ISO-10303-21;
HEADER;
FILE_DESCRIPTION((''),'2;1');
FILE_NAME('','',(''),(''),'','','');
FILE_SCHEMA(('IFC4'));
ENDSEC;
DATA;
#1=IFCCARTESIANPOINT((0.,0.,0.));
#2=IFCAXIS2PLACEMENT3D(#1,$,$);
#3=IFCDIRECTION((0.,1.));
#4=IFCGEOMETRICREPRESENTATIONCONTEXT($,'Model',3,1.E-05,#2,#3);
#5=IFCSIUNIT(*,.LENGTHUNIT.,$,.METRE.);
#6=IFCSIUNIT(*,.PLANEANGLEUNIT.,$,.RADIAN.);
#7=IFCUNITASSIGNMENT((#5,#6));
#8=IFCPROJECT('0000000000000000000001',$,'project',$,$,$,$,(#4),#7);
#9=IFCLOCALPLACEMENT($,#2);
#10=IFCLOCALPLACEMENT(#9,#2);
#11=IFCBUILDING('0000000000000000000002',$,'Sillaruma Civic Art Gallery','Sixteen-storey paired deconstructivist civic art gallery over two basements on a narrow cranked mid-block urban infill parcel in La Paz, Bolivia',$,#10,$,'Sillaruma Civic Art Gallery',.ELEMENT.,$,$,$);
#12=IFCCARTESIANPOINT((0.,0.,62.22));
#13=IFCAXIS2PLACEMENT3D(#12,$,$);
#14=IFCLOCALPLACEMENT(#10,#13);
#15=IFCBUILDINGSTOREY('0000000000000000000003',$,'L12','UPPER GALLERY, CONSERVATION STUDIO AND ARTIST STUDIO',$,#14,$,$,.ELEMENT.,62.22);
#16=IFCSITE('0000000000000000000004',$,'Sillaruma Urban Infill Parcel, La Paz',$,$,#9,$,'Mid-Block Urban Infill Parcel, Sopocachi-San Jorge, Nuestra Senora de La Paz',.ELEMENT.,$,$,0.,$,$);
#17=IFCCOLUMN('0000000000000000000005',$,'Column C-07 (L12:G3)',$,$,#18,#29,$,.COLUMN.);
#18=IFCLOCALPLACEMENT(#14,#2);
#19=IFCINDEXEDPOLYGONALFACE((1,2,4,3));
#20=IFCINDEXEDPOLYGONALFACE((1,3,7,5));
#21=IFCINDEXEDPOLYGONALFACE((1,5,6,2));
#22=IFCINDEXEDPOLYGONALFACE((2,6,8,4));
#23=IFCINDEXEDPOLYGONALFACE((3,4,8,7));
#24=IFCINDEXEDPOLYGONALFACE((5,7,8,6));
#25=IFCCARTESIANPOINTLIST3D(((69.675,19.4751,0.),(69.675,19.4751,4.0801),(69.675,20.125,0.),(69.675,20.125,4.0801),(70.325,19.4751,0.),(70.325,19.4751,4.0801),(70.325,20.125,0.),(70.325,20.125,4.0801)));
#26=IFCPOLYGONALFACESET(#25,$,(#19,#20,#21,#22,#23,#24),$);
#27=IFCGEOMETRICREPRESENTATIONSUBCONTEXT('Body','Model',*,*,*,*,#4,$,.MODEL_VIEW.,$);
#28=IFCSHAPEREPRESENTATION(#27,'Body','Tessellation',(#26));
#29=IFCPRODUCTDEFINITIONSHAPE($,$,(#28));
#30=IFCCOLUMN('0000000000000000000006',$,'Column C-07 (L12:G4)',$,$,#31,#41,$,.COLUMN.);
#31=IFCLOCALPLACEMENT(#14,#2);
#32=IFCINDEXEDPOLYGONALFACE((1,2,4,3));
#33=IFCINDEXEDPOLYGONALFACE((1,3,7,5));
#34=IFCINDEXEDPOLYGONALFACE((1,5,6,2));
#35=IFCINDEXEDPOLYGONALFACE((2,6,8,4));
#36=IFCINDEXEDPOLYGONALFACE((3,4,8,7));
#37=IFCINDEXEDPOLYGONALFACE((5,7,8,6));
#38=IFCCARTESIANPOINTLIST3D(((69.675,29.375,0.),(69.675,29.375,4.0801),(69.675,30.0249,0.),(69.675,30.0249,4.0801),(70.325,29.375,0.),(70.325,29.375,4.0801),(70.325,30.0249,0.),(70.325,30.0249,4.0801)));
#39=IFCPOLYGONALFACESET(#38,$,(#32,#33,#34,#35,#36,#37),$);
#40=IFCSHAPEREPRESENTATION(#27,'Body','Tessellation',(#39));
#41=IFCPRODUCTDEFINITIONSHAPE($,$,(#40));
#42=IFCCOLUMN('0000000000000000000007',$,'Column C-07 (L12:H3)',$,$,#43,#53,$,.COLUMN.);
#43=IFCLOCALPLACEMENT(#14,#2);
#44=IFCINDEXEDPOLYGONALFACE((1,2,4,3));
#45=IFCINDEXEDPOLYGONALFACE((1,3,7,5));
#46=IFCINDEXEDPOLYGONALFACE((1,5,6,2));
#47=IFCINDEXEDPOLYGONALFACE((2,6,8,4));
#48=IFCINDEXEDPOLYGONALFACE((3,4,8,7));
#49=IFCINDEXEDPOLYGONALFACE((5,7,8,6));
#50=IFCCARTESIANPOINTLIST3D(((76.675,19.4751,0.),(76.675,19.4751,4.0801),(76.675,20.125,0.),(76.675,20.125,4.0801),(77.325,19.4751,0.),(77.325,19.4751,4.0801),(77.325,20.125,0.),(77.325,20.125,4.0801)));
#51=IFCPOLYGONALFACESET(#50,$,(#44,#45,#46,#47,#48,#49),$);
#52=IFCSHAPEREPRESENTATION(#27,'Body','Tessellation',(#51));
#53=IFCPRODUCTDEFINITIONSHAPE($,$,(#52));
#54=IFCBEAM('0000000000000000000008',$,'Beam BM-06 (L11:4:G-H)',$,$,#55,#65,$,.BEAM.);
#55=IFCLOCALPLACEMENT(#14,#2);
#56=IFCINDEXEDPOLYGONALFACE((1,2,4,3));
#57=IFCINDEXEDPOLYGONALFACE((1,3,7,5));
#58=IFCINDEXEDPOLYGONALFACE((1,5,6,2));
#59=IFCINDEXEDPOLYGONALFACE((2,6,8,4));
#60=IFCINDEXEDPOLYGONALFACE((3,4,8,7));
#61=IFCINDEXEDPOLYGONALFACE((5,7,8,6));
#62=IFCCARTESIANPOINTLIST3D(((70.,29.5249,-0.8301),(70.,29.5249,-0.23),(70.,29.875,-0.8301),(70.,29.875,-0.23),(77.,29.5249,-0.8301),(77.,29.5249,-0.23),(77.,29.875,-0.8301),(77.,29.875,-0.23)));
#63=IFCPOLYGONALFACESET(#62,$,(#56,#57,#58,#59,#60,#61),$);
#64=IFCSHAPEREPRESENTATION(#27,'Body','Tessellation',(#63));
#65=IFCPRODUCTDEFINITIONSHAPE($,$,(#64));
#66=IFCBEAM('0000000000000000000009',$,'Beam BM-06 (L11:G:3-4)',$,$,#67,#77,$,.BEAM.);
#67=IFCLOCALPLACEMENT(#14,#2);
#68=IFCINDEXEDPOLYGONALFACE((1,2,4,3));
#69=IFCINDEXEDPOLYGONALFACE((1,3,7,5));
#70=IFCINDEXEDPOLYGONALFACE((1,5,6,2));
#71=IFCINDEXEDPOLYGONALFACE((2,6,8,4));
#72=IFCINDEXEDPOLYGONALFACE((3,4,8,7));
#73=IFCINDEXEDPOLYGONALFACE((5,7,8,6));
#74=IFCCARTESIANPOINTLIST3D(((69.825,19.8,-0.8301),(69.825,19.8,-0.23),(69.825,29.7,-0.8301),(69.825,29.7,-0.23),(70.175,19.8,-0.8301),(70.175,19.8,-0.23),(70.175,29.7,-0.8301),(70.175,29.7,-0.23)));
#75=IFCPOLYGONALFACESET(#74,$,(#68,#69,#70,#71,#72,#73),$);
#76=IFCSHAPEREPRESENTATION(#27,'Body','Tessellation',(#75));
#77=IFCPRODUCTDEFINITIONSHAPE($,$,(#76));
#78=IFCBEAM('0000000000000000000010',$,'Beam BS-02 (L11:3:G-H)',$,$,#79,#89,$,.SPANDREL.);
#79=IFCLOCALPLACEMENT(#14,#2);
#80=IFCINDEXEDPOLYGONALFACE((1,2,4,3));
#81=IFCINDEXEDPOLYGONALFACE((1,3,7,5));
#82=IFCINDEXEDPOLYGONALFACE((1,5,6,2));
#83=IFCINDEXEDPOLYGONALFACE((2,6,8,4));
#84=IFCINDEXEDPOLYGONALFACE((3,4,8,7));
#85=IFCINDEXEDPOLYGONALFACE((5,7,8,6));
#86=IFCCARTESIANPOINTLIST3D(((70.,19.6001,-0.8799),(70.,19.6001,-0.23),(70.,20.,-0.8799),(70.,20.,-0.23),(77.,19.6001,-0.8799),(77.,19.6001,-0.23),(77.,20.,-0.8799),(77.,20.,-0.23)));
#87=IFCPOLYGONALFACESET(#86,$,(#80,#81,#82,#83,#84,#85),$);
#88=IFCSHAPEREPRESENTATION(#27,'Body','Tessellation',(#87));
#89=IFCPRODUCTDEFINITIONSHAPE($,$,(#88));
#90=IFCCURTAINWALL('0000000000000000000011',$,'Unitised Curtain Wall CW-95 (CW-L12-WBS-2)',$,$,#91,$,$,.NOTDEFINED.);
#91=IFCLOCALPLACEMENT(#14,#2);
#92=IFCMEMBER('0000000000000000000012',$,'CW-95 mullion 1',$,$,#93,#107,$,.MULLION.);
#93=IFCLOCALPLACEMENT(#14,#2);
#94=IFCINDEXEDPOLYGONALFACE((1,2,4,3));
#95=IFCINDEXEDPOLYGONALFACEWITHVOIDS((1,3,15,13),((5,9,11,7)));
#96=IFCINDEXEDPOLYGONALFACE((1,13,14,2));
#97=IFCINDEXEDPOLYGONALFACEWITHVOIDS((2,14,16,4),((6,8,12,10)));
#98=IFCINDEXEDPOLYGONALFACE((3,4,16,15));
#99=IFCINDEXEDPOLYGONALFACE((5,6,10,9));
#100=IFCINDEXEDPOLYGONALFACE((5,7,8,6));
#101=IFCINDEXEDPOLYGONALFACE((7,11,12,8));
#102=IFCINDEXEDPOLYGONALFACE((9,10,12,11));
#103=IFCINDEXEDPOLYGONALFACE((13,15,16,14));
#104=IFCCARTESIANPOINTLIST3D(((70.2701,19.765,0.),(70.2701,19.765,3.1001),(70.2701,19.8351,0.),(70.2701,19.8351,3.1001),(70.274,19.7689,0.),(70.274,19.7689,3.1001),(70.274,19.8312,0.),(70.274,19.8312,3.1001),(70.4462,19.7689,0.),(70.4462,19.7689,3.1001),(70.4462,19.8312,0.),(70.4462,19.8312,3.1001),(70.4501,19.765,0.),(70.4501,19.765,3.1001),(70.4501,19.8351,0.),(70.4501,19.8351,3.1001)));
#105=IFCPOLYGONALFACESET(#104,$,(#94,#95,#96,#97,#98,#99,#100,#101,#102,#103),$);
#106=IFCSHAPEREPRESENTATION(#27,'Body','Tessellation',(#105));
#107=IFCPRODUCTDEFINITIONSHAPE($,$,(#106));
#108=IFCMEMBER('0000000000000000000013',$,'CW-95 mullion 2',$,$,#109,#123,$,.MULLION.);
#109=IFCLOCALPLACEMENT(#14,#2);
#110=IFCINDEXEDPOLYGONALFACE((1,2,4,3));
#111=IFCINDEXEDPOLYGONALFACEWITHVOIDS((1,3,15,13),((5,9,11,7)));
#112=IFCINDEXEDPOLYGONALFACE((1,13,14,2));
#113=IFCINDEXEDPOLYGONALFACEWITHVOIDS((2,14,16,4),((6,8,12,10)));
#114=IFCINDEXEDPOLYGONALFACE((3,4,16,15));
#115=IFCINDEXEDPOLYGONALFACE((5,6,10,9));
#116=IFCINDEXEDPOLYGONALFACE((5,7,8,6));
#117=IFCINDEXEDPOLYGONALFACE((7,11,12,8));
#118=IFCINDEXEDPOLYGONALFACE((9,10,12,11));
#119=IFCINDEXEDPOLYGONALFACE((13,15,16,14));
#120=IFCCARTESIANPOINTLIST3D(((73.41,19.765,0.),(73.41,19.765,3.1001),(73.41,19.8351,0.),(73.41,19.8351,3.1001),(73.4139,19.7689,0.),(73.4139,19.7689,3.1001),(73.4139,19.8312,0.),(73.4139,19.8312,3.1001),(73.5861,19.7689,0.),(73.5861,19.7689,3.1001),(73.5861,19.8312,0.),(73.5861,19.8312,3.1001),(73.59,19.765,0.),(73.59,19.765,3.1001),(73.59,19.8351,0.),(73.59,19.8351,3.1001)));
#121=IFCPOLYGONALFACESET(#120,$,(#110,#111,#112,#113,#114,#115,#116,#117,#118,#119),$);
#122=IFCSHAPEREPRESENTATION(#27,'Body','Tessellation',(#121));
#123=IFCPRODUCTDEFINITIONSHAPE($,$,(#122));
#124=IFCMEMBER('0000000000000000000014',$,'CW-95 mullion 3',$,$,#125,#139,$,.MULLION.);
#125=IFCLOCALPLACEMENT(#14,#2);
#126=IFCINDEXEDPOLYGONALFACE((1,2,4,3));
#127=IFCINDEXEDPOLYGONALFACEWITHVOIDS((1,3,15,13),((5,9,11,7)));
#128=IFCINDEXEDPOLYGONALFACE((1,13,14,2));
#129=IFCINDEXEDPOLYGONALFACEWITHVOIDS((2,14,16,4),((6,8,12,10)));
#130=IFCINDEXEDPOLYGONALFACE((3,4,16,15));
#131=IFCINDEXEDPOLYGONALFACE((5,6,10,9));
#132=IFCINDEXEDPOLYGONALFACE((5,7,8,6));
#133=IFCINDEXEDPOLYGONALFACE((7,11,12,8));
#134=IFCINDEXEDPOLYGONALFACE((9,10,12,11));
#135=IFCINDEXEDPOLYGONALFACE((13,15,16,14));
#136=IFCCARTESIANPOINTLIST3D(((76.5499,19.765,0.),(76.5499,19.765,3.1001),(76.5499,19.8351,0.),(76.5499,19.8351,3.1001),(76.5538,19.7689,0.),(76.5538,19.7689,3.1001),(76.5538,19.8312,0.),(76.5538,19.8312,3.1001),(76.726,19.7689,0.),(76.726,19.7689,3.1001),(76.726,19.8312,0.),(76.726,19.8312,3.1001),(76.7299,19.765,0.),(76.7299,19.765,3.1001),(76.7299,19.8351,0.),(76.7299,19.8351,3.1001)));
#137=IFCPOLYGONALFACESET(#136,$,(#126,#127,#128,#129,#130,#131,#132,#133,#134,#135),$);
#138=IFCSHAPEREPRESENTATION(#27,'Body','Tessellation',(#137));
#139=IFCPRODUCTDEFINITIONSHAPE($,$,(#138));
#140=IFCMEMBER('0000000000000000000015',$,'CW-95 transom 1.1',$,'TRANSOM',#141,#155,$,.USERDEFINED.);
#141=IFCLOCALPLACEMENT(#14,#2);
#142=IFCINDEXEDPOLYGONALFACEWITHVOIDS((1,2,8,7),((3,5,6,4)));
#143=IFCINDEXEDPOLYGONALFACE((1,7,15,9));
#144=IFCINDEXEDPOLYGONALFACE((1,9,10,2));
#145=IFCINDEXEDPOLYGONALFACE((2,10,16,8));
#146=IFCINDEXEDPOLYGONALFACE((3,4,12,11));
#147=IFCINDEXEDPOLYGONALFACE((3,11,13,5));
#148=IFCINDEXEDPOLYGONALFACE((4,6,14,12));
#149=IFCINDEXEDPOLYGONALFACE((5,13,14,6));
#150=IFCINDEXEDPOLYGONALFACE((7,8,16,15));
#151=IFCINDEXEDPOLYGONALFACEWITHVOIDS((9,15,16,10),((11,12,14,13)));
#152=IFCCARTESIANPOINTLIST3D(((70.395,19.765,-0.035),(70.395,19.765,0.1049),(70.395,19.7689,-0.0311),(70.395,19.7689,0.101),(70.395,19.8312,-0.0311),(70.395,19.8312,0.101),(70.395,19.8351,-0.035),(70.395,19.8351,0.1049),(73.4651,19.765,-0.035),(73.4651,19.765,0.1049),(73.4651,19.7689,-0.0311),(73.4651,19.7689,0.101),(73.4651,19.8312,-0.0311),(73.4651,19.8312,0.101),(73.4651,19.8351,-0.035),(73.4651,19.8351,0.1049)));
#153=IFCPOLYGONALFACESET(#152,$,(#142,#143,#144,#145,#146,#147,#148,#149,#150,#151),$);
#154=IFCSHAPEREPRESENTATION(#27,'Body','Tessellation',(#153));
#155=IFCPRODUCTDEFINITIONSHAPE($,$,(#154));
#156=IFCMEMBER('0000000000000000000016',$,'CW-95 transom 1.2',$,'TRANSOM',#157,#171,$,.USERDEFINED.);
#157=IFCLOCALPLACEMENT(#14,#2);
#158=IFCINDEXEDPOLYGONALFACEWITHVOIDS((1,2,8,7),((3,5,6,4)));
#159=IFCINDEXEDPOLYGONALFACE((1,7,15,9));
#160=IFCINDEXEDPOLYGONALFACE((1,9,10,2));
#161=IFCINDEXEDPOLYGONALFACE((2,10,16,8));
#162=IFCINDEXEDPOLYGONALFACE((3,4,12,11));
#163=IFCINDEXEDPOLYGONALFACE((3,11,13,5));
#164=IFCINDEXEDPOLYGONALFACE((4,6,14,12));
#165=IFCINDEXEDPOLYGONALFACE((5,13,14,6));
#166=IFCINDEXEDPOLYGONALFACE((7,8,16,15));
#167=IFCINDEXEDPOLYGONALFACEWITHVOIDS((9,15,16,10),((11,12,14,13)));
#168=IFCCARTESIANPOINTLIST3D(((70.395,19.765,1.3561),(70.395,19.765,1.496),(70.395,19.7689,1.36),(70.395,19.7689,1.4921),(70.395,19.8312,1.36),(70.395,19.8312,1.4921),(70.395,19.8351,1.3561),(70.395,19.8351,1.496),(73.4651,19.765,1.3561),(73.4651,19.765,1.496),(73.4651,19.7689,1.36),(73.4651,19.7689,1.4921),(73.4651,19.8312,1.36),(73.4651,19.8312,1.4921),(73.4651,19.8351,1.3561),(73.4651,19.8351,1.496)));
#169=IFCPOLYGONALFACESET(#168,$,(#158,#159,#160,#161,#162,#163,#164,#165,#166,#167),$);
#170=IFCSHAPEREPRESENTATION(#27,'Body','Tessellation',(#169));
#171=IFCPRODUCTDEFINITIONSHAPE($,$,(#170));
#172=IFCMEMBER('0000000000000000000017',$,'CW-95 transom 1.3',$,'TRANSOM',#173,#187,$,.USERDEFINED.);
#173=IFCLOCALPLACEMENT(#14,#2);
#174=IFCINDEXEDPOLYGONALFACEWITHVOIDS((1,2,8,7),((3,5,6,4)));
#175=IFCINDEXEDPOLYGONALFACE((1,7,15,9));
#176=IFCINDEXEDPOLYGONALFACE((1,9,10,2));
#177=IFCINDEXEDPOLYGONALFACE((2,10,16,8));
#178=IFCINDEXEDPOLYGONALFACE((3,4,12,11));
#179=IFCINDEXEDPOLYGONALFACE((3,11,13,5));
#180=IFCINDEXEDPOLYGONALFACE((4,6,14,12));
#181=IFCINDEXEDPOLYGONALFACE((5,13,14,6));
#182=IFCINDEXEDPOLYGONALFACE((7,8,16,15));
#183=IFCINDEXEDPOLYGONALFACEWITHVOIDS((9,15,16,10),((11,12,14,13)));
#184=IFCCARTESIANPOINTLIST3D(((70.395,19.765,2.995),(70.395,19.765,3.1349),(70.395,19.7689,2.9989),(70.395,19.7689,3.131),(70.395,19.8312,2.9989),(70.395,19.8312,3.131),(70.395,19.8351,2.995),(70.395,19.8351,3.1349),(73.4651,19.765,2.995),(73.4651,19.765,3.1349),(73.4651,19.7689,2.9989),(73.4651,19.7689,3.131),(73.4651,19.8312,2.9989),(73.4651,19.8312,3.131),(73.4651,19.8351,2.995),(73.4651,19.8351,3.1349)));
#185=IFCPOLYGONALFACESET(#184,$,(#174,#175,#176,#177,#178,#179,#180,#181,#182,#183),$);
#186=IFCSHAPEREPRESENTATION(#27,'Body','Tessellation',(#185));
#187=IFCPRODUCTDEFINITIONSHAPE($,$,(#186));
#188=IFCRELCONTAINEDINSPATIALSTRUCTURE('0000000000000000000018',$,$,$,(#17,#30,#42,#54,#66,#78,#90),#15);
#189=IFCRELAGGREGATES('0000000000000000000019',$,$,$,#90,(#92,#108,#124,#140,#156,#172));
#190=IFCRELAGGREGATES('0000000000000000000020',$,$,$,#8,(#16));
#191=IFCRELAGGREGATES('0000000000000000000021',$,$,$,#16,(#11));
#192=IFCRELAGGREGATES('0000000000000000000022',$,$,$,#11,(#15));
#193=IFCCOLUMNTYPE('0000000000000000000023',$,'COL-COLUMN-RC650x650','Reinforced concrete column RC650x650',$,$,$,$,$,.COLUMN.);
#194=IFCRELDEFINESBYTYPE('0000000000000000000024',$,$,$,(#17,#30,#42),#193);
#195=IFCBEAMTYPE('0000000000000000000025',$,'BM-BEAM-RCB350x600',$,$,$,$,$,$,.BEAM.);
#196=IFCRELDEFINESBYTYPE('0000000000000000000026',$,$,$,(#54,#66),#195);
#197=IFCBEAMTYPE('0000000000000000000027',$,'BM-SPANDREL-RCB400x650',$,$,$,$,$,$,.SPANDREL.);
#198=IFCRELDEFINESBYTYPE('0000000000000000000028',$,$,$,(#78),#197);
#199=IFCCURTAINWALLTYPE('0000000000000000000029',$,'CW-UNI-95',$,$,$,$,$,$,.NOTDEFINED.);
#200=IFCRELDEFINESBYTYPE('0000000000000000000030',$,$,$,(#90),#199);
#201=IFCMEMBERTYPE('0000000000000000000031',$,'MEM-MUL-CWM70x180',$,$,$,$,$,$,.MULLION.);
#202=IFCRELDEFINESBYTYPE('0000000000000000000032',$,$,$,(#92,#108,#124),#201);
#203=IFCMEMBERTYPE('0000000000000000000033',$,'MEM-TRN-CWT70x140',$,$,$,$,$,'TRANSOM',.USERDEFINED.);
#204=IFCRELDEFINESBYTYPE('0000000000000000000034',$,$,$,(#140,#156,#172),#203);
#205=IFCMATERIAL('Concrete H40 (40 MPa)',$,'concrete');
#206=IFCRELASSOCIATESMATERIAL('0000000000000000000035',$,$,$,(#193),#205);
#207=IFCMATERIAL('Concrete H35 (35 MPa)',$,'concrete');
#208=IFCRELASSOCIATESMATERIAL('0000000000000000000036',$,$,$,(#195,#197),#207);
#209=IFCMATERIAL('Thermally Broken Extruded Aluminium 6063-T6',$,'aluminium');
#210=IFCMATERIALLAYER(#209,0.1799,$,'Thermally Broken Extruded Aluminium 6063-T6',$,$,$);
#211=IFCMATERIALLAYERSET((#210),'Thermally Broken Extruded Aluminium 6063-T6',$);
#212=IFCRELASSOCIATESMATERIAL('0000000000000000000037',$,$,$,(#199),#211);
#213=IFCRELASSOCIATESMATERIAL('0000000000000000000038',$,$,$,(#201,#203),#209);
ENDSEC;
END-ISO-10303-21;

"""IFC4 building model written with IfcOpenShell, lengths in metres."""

from ifc_helpers import new_model, si_unit, direction, frame, origin, origin_2d, place, context, subcontext, project, spatial, rectangle, hollow_rectangle, extrude, material, layer, layer_set, material_profile, profile_set, type_object, element, aggregate, save


model = new_model("IFC4")

# Units and contexts
model_context = context("Model", 3, precision=1e-05, world=origin(), true_north=direction((0.0, 1.0)))
body_context = subcontext(model_context, "Body", "Model", "MODEL_VIEW")
ifc_project = project(units=[si_unit("LENGTHUNIT", "METRE"), si_unit("PLANEANGLEUNIT", "RADIAN")], contexts=[model_context])

# Site, building, storey
site_placement = place(None, origin())
site = spatial("IfcSite", under=ifc_project, at=site_placement, Name="Sillaruma Urban Infill Parcel, La Paz", LongName="Mid-Block Urban Infill Parcel, Sopocachi-San Jorge, Nuestra Senora de La Paz", CompositionType="ELEMENT", RefElevation=0.0)
building_placement = place(site_placement, origin())
building = spatial("IfcBuilding", under=site, at=building_placement, Name="Sillaruma Civic Art Gallery", Description="Sixteen-storey paired deconstructivist civic art gallery over two basements on a narrow cranked mid-block urban infill parcel in La Paz, Bolivia", LongName="Sillaruma Civic Art Gallery", CompositionType="ELEMENT")
storey_placement = place(building_placement, frame((0.0, 0.0, 62.22)))
storey = spatial("IfcBuildingStorey", under=building, at=storey_placement, Name="L12", Description="UPPER GALLERY, CONSERVATION STUDIO AND ARTIST STUDIO", CompositionType="ELEMENT", Elevation=62.22)

# Columns
ifc_material_1 = material(Name="Concrete H40 (40 MPa)", Category="concrete")
ifc_material_profile_1 = material_profile(ifc_material_1, rectangle(XDim=0.6499, YDim=0.6499, at=origin_2d()), Name="RC650x650")
ifc_profile_set_1 = profile_set([ifc_material_profile_1], Name="Concrete H40 (40 MPa)")
column_type = type_object("IfcColumnType", Name="COL-COLUMN-RC650x650", Description="Reinforced concrete column RC650x650", PredefinedType="COLUMN", material=ifc_profile_set_1)
for number, where, z_axis, x_axis, name in (
    (1, (70.0, 19.8, 0.0), (0.0, 0.0, 1.0), (1.0, 0.0, 0.0), "Column C-07 (L12:G3)"),
    (2, (70.0, 29.7, 0.0), (0.0, 0.0, 1.0), (1.0, 0.0, 0.0), "Column C-07 (L12:G4)"),
    (3, (77.0, 19.8, 0.0), (0.0, 0.0, 1.0), (1.0, 0.0, 0.0), "Column C-07 (L12:H3)"),
):
    element("IfcColumn", number, at=place(storey_placement, frame(where, z_axis=z_axis, x_axis=x_axis)), inside=storey, type_object=column_type, Name=name, PredefinedType="COLUMN", context=body_context, shape_type="SweptSolid", body=[
        extrude(rectangle(XDim=0.6499, YDim=0.6499, at=origin_2d()), origin(), (0.0, 0.0, 1.0), 4.0801),
    ])

# Beams
ifc_material_2 = material(Name="Concrete H35 (35 MPa)", Category="concrete")
ifc_material_profile_2 = material_profile(ifc_material_2, rectangle(XDim=0.3501, YDim=0.6001, at=origin_2d()), Name="RCB350x600")
ifc_profile_set_2 = profile_set([ifc_material_profile_2], Name="Concrete H35 (35 MPa)")
beam_type_1 = type_object("IfcBeamType", Name="BM-BEAM-RCB350x600", PredefinedType="BEAM", material=ifc_profile_set_2)
beam_1_placement = place(storey_placement, frame((70.0, 29.7, -0.53), z_axis=(1.0, 0.0, 0.0), x_axis=(0.0, 1.0, 0.0)))
element("IfcBeam", 4, at=beam_1_placement, inside=storey, type_object=beam_type_1, Name="Beam BM-06 (L11:4:G-H)", PredefinedType="BEAM", context=body_context, shape_type="SweptSolid", body=[
    extrude(rectangle(XDim=0.3501, YDim=0.6001, at=origin_2d()), origin(), (0.0, 0.0, 1.0), 7.0),
])
beam_2_placement = place(storey_placement, frame((70.0, 19.8, -0.53), z_axis=(0.0, 1.0, 0.0), x_axis=(-1.0, 0.0, 0.0)))
element("IfcBeam", 5, at=beam_2_placement, inside=storey, type_object=beam_type_1, Name="Beam BM-06 (L11:G:3-4)", PredefinedType="BEAM", context=body_context, shape_type="SweptSolid", body=[
    extrude(rectangle(XDim=0.3501, YDim=0.6001, at=origin_2d()), origin(), (0.0, 0.0, 1.0), 9.8999),
])
ifc_material_profile_3 = material_profile(ifc_material_2, rectangle(XDim=0.3999, YDim=0.6499, at=origin_2d()), Name="RCB400x650")
ifc_profile_set_3 = profile_set([ifc_material_profile_3], Name="Concrete H35 (35 MPa)")
beam_type_2 = type_object("IfcBeamType", Name="BM-SPANDREL-RCB400x650", PredefinedType="SPANDREL", material=ifc_profile_set_3)
beam_3_placement = place(storey_placement, frame((70.0, 19.8, -0.5549), z_axis=(1.0, 0.0, 0.0), x_axis=(0.0, 1.0, 0.0)))
element("IfcBeam", 6, at=beam_3_placement, inside=storey, type_object=beam_type_2, Name="Beam BS-02 (L11:3:G-H)", PredefinedType="SPANDREL", context=body_context, shape_type="SweptSolid", body=[
    extrude(rectangle(XDim=0.3999, YDim=0.6499, at=origin_2d()), origin(), (0.0, 0.0, 1.0), 7.0),
])

# Curtain wall, members
ifc_material_3 = material(Name="Thermally Broken Extruded Aluminium 6063-T6", Category="aluminium")
ifc_layer_1 = layer(ifc_material_3, 0.1799, Name="Thermally Broken Extruded Aluminium 6063-T6")
ifc_layer_set_1 = layer_set([ifc_layer_1], Name="Thermally Broken Extruded Aluminium 6063-T6")
curtain_wall_type = type_object("IfcCurtainWallType", Name="CW-UNI-95", PredefinedType="NOTDEFINED", material=ifc_layer_set_1)
curtain_wall_placement = place(storey_placement, origin())
curtain_wall = element("IfcCurtainWall", 7, at=curtain_wall_placement, inside=storey, type_object=curtain_wall_type, Name="Unitised Curtain Wall CW-95 (CW-L12-WBS-2)", PredefinedType="NOTDEFINED")
ifc_material_profile_4 = material_profile(ifc_material_3, hollow_rectangle(XDim=0.0701, YDim=0.1799, WallThickness=0.0039, at=origin_2d()), Name="CWM70x180")
ifc_profile_set_4 = profile_set([ifc_material_profile_4], Name="Thermally Broken Extruded Aluminium 6063-T6")
member_type_1 = type_object("IfcMemberType", Name="MEM-MUL-CWM70x180", PredefinedType="MULLION", material=ifc_profile_set_4)
member_1_placement = place(storey_placement, frame((70.3601, 19.8, 0.0), z_axis=(0.0, 0.0, 1.0), x_axis=(0.0, 1.0, 0.0)))
member_1 = element("IfcMember", 8, at=member_1_placement, type_object=member_type_1, Name="CW-95 mullion 1", PredefinedType="MULLION", context=body_context, shape_type="SweptSolid", body=[
    extrude(hollow_rectangle(XDim=0.0701, YDim=0.1799, WallThickness=0.0039, at=origin_2d()), origin(), (0.0, 0.0, 1.0), 3.1001),
])
member_2_placement = place(storey_placement, frame((73.5, 19.8, 0.0), z_axis=(0.0, 0.0, 1.0), x_axis=(0.0, 1.0, 0.0)))
member_2 = element("IfcMember", 9, at=member_2_placement, type_object=member_type_1, Name="CW-95 mullion 2", PredefinedType="MULLION", context=body_context, shape_type="SweptSolid", body=[
    extrude(hollow_rectangle(XDim=0.0701, YDim=0.1799, WallThickness=0.0039, at=origin_2d()), origin(), (0.0, 0.0, 1.0), 3.1001),
])
member_3_placement = place(storey_placement, frame((76.6399, 19.8, 0.0), z_axis=(0.0, 0.0, 1.0), x_axis=(0.0, 1.0, 0.0)))
member_3 = element("IfcMember", 10, at=member_3_placement, type_object=member_type_1, Name="CW-95 mullion 3", PredefinedType="MULLION", context=body_context, shape_type="SweptSolid", body=[
    extrude(hollow_rectangle(XDim=0.0701, YDim=0.1799, WallThickness=0.0039, at=origin_2d()), origin(), (0.0, 0.0, 1.0), 3.1001),
])
ifc_material_profile_5 = material_profile(ifc_material_3, hollow_rectangle(XDim=0.0701, YDim=0.1399, WallThickness=0.0039, at=origin_2d()), Name="CWT70x140")
ifc_profile_set_5 = profile_set([ifc_material_profile_5], Name="Thermally Broken Extruded Aluminium 6063-T6")
member_type_2 = type_object("IfcMemberType", Name="MEM-TRN-CWT70x140", ElementType="TRANSOM", PredefinedType="USERDEFINED", material=ifc_profile_set_5)
member_4_placement = place(storey_placement, frame((70.395, 19.8, 0.0349), z_axis=(1.0, 0.0, 0.0), x_axis=(0.0, 1.0, 0.0)))
member_4 = element("IfcMember", 11, at=member_4_placement, type_object=member_type_2, Name="CW-95 transom 1.1", ObjectType="TRANSOM", PredefinedType="USERDEFINED", context=body_context, shape_type="SweptSolid", body=[
    extrude(hollow_rectangle(XDim=0.0701, YDim=0.1399, WallThickness=0.0039, at=origin_2d()), origin(), (0.0, 0.0, 1.0), 3.0701),
])
member_5_placement = place(storey_placement, frame((70.395, 19.8, 1.426), z_axis=(1.0, 0.0, 0.0), x_axis=(0.0, 1.0, 0.0)))
member_5 = element("IfcMember", 12, at=member_5_placement, type_object=member_type_2, Name="CW-95 transom 1.2", ObjectType="TRANSOM", PredefinedType="USERDEFINED", context=body_context, shape_type="SweptSolid", body=[
    extrude(hollow_rectangle(XDim=0.0701, YDim=0.1399, WallThickness=0.0039, at=origin_2d()), origin(), (0.0, 0.0, 1.0), 3.0701),
])
member_6_placement = place(storey_placement, frame((70.395, 19.8, 3.0649), z_axis=(1.0, 0.0, 0.0), x_axis=(0.0, 1.0, 0.0)))
member_6 = element("IfcMember", 13, at=member_6_placement, type_object=member_type_2, Name="CW-95 transom 1.3", ObjectType="TRANSOM", PredefinedType="USERDEFINED", context=body_context, shape_type="SweptSolid", body=[
    extrude(hollow_rectangle(XDim=0.0701, YDim=0.1399, WallThickness=0.0039, at=origin_2d()), origin(), (0.0, 0.0, 1.0), 3.0701),
])
aggregate(curtain_wall, [member_1, member_2, member_3, member_4, member_5, member_6])

save(model, "model.ifc")
